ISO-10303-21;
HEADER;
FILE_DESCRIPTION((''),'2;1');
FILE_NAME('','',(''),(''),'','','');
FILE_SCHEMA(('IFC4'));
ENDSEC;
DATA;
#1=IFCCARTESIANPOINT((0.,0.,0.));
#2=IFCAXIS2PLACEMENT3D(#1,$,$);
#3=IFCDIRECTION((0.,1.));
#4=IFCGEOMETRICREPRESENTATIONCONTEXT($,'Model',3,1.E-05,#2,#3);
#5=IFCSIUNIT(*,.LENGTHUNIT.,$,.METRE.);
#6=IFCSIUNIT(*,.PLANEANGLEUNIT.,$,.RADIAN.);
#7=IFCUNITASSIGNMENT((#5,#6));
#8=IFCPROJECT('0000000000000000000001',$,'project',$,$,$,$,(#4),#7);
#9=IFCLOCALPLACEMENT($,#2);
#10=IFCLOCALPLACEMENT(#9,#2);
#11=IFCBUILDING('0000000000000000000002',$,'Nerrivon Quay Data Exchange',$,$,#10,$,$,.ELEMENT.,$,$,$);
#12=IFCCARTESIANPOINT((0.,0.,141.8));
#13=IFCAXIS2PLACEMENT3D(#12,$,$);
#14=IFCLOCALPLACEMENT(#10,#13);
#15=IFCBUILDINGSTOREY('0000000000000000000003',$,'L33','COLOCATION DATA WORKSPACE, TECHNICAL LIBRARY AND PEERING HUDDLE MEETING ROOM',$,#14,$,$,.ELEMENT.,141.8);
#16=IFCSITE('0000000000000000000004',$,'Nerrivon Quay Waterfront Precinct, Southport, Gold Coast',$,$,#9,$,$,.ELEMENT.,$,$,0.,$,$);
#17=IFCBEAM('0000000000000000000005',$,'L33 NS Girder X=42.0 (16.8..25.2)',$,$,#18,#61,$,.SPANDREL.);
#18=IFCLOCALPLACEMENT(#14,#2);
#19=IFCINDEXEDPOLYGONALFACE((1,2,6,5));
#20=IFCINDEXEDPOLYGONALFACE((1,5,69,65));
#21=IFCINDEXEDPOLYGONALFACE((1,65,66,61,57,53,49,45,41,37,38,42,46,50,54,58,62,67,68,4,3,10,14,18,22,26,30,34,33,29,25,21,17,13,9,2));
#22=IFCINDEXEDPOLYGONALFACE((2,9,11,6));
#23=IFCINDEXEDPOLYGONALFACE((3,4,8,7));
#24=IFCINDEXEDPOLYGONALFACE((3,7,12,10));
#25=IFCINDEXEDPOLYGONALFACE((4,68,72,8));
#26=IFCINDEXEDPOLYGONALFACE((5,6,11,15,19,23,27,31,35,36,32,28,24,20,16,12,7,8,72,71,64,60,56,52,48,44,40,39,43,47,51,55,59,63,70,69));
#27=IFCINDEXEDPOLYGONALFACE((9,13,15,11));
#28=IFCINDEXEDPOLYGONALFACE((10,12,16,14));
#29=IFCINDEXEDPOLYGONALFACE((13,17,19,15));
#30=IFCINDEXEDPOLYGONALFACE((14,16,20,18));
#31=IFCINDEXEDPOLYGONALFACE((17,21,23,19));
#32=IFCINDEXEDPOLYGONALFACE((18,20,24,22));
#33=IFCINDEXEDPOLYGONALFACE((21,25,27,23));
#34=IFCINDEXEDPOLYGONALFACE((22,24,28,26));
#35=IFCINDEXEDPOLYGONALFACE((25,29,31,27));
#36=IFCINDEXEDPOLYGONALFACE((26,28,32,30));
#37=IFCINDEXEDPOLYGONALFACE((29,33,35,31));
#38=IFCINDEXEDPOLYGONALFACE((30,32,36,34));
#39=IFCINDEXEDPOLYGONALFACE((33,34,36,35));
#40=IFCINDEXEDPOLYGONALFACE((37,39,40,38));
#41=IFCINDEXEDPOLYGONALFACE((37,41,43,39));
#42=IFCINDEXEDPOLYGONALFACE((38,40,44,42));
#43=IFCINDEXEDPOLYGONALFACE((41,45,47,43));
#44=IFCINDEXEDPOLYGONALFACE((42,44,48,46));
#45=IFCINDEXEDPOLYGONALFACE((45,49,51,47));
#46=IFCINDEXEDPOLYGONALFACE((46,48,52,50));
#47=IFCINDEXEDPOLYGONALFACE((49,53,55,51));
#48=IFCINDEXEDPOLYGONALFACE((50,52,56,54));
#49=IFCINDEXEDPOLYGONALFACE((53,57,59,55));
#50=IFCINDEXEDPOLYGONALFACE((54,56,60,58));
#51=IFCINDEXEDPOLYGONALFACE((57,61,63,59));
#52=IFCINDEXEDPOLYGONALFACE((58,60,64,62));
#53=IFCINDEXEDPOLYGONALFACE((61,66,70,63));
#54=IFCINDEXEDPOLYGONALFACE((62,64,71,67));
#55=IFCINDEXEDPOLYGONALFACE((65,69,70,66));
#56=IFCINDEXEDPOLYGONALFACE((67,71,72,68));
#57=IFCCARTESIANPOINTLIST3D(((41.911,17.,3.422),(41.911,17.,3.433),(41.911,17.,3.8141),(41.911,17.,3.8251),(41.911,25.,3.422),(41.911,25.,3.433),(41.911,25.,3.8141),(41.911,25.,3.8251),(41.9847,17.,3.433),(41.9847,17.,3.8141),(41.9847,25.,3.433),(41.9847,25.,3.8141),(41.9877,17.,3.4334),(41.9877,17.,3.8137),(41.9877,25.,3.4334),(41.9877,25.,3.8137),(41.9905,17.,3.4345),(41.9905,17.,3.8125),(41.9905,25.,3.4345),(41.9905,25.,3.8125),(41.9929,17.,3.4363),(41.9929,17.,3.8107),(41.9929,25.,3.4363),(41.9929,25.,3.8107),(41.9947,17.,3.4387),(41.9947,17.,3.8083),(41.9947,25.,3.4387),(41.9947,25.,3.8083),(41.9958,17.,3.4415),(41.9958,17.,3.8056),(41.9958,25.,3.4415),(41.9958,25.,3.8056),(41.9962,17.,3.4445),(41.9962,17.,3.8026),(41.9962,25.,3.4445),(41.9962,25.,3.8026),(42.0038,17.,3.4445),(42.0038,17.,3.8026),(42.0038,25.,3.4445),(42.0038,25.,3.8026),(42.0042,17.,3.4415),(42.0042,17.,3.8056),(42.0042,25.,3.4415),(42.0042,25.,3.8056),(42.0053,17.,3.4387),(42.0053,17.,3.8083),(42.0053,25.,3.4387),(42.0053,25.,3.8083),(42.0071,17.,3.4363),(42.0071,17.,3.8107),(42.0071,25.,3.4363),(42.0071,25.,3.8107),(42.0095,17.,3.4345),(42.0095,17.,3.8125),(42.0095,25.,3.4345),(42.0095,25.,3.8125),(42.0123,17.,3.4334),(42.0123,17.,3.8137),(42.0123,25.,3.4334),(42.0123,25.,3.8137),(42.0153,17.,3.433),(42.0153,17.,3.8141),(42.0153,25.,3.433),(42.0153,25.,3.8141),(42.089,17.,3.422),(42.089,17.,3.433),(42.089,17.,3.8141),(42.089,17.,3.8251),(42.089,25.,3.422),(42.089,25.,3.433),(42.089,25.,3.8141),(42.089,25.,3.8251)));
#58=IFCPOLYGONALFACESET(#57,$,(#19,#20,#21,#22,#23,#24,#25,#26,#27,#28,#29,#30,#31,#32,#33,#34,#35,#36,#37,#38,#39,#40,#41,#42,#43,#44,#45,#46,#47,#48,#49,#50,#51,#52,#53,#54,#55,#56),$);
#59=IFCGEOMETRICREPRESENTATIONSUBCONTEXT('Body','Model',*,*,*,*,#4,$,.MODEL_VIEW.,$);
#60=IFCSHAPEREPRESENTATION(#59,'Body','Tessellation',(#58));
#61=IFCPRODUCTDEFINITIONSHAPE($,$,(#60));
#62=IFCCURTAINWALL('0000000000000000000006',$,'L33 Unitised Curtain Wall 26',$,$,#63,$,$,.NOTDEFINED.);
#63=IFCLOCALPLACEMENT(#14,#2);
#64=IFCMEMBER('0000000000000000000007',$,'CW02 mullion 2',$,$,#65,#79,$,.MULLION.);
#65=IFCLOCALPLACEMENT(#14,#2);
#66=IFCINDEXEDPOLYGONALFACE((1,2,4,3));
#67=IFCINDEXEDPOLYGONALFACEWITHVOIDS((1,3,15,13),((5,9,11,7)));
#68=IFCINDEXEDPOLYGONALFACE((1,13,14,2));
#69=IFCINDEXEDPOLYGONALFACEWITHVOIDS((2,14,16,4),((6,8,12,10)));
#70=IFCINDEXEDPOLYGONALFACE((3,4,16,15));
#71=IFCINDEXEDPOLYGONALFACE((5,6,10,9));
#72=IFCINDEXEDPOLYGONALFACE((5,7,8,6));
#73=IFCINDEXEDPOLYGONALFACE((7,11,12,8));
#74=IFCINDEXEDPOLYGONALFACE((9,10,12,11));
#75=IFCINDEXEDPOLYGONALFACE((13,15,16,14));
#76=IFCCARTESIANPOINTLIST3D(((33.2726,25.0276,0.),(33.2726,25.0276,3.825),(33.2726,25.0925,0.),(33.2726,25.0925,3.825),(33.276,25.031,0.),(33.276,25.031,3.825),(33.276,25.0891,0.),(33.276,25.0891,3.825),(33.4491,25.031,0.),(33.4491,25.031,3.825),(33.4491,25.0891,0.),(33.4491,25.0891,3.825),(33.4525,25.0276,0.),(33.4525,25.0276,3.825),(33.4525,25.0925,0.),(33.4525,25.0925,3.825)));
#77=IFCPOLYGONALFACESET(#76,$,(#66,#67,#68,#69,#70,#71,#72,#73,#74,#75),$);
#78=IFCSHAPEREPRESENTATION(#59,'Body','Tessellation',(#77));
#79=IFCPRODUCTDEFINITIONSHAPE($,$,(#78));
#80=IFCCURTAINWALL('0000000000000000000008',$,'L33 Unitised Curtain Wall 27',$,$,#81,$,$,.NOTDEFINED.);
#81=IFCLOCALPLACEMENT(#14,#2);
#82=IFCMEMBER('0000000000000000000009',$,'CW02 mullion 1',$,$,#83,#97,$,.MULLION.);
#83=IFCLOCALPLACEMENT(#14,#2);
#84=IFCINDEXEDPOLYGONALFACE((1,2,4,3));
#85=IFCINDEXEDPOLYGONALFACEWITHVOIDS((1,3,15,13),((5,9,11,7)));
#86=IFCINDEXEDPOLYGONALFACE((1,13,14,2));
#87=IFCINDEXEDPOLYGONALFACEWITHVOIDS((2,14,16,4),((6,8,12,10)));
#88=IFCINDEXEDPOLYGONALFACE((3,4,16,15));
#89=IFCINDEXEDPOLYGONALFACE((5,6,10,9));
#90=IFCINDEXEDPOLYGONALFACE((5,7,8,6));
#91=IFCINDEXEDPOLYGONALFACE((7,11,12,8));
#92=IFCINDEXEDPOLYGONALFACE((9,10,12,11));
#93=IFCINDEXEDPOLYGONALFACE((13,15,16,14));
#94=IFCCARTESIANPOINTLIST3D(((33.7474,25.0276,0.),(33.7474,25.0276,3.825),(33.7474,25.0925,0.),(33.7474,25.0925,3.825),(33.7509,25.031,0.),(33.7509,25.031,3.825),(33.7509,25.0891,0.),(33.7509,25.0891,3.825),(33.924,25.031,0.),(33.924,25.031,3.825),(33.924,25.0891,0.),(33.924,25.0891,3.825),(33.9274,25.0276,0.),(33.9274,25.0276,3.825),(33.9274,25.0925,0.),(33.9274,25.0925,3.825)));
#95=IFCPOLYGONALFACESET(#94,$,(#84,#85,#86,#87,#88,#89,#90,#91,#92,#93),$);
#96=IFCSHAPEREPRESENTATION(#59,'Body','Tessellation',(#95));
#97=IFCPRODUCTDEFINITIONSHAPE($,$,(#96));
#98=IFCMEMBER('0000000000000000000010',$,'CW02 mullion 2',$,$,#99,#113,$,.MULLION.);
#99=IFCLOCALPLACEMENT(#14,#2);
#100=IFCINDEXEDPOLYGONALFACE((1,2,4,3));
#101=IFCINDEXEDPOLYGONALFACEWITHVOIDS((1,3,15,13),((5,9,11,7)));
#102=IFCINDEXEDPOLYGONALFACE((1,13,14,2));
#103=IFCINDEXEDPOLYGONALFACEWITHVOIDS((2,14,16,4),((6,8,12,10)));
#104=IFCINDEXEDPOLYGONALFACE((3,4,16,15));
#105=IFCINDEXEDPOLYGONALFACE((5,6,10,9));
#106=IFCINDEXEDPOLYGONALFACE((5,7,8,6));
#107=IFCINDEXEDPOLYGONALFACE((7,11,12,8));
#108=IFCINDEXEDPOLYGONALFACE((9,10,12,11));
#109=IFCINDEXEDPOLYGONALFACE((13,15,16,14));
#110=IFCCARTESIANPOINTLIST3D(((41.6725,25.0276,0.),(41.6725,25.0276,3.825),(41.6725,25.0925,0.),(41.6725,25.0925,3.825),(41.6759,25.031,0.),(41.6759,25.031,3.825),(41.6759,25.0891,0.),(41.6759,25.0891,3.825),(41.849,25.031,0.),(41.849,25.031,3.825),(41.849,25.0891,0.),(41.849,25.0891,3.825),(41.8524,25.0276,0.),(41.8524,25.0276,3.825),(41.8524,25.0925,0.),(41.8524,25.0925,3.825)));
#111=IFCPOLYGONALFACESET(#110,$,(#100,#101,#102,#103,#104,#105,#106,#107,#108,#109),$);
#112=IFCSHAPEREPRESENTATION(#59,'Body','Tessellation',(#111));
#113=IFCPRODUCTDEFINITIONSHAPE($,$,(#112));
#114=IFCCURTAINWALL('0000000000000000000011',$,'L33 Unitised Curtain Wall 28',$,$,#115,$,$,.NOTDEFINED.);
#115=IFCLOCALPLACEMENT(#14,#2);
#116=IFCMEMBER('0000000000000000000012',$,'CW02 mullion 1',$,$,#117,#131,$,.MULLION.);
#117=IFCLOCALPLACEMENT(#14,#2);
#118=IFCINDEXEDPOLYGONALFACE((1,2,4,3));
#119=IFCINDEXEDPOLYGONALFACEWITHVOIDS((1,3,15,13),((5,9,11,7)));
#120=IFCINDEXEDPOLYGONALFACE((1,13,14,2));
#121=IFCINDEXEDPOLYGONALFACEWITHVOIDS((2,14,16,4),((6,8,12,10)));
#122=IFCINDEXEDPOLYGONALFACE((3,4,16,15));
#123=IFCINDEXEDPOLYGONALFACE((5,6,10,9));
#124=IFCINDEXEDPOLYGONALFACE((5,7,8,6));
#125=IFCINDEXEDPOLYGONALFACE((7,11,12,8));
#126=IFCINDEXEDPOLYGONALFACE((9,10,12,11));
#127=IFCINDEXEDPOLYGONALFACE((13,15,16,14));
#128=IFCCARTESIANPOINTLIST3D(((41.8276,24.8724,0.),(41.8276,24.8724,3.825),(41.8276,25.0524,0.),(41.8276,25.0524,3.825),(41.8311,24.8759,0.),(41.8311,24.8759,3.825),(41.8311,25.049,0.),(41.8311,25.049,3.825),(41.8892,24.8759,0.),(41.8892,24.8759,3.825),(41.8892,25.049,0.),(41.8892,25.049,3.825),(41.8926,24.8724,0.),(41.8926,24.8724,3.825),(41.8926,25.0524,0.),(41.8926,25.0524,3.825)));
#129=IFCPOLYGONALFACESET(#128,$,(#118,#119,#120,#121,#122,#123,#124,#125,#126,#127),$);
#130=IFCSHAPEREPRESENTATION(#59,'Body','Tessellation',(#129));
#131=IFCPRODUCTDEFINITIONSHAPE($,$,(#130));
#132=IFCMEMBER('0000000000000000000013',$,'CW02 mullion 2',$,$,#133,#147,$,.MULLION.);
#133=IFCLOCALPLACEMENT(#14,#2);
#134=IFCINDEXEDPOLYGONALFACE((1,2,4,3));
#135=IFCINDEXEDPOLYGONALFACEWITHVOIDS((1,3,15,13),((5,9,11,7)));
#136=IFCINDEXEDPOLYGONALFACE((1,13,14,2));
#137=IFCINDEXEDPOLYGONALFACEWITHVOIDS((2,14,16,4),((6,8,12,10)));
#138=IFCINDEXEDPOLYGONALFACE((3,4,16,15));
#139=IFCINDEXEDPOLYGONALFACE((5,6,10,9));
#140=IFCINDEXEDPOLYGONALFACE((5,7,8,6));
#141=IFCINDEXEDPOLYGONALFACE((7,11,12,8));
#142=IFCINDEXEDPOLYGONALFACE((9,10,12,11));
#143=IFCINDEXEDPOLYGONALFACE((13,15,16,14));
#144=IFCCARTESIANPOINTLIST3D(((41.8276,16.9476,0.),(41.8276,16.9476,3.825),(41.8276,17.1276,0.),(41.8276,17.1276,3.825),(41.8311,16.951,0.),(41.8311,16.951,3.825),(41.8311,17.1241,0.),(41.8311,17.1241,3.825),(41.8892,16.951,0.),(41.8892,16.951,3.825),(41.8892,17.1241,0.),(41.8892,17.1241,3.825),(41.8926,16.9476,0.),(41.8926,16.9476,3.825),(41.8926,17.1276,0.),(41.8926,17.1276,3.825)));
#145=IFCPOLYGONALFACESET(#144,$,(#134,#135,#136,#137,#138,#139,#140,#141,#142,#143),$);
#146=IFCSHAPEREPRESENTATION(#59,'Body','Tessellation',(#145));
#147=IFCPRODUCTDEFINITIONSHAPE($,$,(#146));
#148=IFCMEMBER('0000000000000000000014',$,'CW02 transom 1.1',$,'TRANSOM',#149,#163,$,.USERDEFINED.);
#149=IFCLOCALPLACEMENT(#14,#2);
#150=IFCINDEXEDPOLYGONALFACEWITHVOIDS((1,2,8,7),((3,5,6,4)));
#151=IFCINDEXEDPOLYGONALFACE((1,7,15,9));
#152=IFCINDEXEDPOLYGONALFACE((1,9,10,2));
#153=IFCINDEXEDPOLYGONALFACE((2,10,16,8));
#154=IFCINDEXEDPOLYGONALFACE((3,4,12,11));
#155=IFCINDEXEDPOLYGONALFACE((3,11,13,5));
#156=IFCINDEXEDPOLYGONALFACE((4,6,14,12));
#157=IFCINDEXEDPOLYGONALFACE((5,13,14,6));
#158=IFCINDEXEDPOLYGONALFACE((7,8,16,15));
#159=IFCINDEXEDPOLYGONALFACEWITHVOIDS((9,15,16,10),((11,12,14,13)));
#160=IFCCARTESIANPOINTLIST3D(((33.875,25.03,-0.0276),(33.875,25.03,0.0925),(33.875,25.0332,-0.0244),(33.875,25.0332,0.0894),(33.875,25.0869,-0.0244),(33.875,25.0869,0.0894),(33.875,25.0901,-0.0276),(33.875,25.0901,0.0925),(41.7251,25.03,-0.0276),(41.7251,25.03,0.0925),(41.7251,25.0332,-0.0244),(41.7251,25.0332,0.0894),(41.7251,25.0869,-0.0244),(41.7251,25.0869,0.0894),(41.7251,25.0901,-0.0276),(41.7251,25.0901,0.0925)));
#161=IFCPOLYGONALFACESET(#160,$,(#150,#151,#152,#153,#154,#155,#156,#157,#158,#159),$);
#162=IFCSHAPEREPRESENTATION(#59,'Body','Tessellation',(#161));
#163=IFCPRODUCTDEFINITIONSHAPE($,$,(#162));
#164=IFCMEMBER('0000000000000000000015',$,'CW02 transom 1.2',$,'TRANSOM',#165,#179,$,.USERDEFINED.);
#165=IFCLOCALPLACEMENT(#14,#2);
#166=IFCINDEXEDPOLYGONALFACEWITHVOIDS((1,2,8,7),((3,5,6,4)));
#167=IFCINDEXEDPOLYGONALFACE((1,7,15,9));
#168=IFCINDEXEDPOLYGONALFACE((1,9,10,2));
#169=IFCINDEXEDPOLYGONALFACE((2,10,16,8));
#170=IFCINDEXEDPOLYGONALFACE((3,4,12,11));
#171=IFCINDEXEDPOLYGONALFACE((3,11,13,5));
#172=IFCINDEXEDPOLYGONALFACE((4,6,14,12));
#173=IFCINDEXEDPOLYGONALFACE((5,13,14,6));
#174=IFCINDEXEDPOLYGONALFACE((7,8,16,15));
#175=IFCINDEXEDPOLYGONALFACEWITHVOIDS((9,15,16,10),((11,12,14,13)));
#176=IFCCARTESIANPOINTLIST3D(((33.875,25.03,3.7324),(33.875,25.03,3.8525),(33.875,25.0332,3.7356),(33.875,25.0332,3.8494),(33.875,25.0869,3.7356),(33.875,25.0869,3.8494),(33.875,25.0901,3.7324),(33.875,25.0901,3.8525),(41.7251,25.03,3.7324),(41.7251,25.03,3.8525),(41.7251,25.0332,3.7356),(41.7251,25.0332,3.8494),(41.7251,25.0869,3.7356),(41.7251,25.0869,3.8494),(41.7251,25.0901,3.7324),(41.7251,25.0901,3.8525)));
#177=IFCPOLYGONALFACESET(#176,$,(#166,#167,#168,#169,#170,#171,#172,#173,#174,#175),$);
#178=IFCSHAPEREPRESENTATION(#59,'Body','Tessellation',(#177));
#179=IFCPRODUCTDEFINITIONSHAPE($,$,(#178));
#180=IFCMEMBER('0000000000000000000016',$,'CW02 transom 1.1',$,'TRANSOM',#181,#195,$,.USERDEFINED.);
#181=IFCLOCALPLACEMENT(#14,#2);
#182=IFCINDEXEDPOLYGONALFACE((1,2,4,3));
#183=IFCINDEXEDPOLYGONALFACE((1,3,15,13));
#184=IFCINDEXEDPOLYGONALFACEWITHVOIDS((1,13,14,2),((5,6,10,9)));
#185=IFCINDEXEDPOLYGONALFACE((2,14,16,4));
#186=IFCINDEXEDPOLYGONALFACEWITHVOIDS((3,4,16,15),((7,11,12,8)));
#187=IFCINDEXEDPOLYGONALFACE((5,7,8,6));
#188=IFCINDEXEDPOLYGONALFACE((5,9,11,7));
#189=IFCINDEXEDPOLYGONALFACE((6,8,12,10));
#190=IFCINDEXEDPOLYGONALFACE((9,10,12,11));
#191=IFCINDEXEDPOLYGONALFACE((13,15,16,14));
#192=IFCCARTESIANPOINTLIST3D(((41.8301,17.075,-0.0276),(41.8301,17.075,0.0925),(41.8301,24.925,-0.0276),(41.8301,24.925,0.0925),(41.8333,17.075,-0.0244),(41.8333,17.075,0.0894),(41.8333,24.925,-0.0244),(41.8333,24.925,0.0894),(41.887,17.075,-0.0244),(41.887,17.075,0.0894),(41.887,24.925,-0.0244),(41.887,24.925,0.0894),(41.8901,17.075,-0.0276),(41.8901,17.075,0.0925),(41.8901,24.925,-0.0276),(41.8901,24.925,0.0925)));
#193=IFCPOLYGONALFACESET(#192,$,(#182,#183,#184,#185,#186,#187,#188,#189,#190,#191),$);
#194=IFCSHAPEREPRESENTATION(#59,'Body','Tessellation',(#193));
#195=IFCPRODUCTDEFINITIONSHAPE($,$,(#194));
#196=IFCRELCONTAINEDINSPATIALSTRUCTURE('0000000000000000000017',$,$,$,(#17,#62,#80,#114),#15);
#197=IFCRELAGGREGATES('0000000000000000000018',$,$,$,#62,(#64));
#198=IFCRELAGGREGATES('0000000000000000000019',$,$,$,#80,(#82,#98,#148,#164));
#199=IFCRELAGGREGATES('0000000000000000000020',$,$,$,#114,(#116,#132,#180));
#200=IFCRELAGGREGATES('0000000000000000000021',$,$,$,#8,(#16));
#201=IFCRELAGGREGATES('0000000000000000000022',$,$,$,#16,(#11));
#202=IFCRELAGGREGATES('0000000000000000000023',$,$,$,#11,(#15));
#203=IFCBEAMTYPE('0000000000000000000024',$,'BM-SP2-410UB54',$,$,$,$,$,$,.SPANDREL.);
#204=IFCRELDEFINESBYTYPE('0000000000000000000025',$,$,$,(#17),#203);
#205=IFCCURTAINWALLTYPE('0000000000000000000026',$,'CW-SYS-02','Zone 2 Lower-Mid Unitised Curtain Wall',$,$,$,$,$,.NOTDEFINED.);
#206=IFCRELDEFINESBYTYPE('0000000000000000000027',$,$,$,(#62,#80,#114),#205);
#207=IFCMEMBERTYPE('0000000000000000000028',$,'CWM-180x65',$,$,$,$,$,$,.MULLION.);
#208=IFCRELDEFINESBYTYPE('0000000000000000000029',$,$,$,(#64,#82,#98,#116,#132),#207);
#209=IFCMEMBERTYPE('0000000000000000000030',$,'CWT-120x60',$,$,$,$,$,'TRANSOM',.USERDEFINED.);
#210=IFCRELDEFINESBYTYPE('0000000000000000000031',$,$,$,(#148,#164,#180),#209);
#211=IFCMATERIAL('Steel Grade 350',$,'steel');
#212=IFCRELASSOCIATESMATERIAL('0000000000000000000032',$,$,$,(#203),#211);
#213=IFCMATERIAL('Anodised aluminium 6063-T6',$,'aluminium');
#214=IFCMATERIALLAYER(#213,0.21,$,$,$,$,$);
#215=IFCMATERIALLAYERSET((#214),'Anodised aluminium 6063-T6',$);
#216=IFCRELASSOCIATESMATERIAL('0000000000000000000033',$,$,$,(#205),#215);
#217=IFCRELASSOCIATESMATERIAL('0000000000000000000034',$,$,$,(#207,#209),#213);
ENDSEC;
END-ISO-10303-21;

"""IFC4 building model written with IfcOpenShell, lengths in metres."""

from ifc_helpers import new_model, si_unit, direction, frame, origin, origin_2d, place, context, subcontext, project, spatial, hollow_rectangle, i_section, extrude, material, layer, layer_set, material_profile, profile_set, type_object, element, aggregate, save


model = new_model("IFC4")

# Units and contexts
model_context = context("Model", 3, precision=1e-05, world=origin(), true_north=direction((0.0, 1.0)))
body_context = subcontext(model_context, "Body", "Model", "MODEL_VIEW")
ifc_project = project(units=[si_unit("LENGTHUNIT", "METRE"), si_unit("PLANEANGLEUNIT", "RADIAN")], contexts=[model_context])

# Site, building, storey
site_placement = place(None, origin())
site = spatial("IfcSite", under=ifc_project, at=site_placement, Name="Nerrivon Quay Waterfront Precinct, Southport, Gold Coast", CompositionType="ELEMENT", RefElevation=0.0)
building_placement = place(site_placement, origin())
building = spatial("IfcBuilding", under=site, at=building_placement, Name="Nerrivon Quay Data Exchange", CompositionType="ELEMENT")
storey_placement = place(building_placement, frame((0.0, 0.0, 141.8)))
storey = spatial("IfcBuildingStorey", under=building, at=storey_placement, Name="L33", Description="COLOCATION DATA WORKSPACE, TECHNICAL LIBRARY AND PEERING HUDDLE MEETING ROOM", CompositionType="ELEMENT", Elevation=141.8)

# Shared definitions
ifc_material_1 = material(Name="Steel Grade 350", Category="steel")

# Beam
ifc_material_profile_1 = material_profile(ifc_material_1, i_section(OverallWidth=0.178, OverallDepth=0.4031, WebThickness=0.0076, FlangeThickness=0.011, FilletRadius=0.0115, at=origin_2d()), Name="410UB53.7")
ifc_profile_set_1 = profile_set([ifc_material_profile_1], Name="Steel Grade 350")
beam_type_1 = type_object("IfcBeamType", Name="BM-SP2-410UB54", PredefinedType="SPANDREL", material=ifc_profile_set_1)
beam_1_placement = place(storey_placement, frame((42.0, 17.0, 3.6235), z_axis=(0.0, 1.0, 0.0), x_axis=(-1.0, 0.0, 0.0)))
element("IfcBeam", 1, at=beam_1_placement, inside=storey, type_object=beam_type_1, Name="L33 NS Girder X=42.0 (16.8..25.2)", PredefinedType="SPANDREL", context=body_context, shape_type="SweptSolid", body=[
    extrude(i_section(OverallWidth=0.178, OverallDepth=0.4031, WebThickness=0.0076, FlangeThickness=0.011, FilletRadius=0.0115, at=origin_2d()), origin(), (0.0, 0.0, 1.0), 8.0),
])

# Curtain wall, member
ifc_material_2 = material(Name="Anodised aluminium 6063-T6", Category="aluminium")
ifc_layer_1 = layer(ifc_material_2, 0.21)
ifc_layer_set_1 = layer_set([ifc_layer_1], Name="Anodised aluminium 6063-T6")
curtain_wall_type = type_object("IfcCurtainWallType", Name="CW-SYS-02", Description="Zone 2 Lower-Mid Unitised Curtain Wall", PredefinedType="NOTDEFINED", material=ifc_layer_set_1)
curtain_wall_1_placement = place(storey_placement, origin())
curtain_wall_1 = element("IfcCurtainWall", 2, at=curtain_wall_1_placement, inside=storey, type_object=curtain_wall_type, Name="L33 Unitised Curtain Wall 26", PredefinedType="NOTDEFINED")
ifc_material_profile_2 = material_profile(ifc_material_2, hollow_rectangle(XDim=0.0649, YDim=0.1799, WallThickness=0.0034, at=origin_2d()), Name="ALU-MULL-180x65")
ifc_profile_set_2 = profile_set([ifc_material_profile_2], Name="Anodised aluminium 6063-T6")
member_type_1 = type_object("IfcMemberType", Name="CWM-180x65", PredefinedType="MULLION", material=ifc_profile_set_2)
member_1_placement = place(storey_placement, frame((33.3625, 25.0601, 0.0), z_axis=(0.0, 0.0, 1.0), x_axis=(0.0, 1.0, 0.0)))
member_1 = element("IfcMember", 3, at=member_1_placement, type_object=member_type_1, Name="CW02 mullion 2", PredefinedType="MULLION", context=body_context, shape_type="SweptSolid", body=[
    extrude(hollow_rectangle(XDim=0.0649, YDim=0.1799, WallThickness=0.0034, at=origin_2d()), origin(), (0.0, 0.0, 1.0), 3.825),
])
aggregate(curtain_wall_1, [member_1])

# Curtain walls, members
curtain_wall_2_placement = place(storey_placement, origin())
curtain_wall_2 = element("IfcCurtainWall", 4, at=curtain_wall_2_placement, inside=storey, type_object=curtain_wall_type, Name="L33 Unitised Curtain Wall 27", PredefinedType="NOTDEFINED")
member_2_placement = place(storey_placement, frame((33.8374, 25.0601, 0.0), z_axis=(0.0, 0.0, 1.0), x_axis=(0.0, 1.0, 0.0)))
member_2 = element("IfcMember", 5, at=member_2_placement, type_object=member_type_1, Name="CW02 mullion 1", PredefinedType="MULLION", context=body_context, shape_type="SweptSolid", body=[
    extrude(hollow_rectangle(XDim=0.0649, YDim=0.1799, WallThickness=0.0034, at=origin_2d()), origin(), (0.0, 0.0, 1.0), 3.825),
])
member_3_placement = place(storey_placement, frame((41.7625, 25.0601, 0.0), z_axis=(0.0, 0.0, 1.0), x_axis=(0.0, 1.0, 0.0)))
member_3 = element("IfcMember", 6, at=member_3_placement, type_object=member_type_1, Name="CW02 mullion 2", PredefinedType="MULLION", context=body_context, shape_type="SweptSolid", body=[
    extrude(hollow_rectangle(XDim=0.0649, YDim=0.1799, WallThickness=0.0034, at=origin_2d()), origin(), (0.0, 0.0, 1.0), 3.825),
])
curtain_wall_3_placement = place(storey_placement, origin())
curtain_wall_3 = element("IfcCurtainWall", 7, at=curtain_wall_3_placement, inside=storey, type_object=curtain_wall_type, Name="L33 Unitised Curtain Wall 28", PredefinedType="NOTDEFINED")
member_4_placement = place(storey_placement, frame((41.8601, 24.9624, 0.0), z_axis=(0.0, 0.0, 1.0), x_axis=(1.0, 0.0, 0.0)))
member_4 = element("IfcMember", 8, at=member_4_placement, type_object=member_type_1, Name="CW02 mullion 1", PredefinedType="MULLION", context=body_context, shape_type="SweptSolid", body=[
    extrude(hollow_rectangle(XDim=0.0649, YDim=0.1799, WallThickness=0.0034, at=origin_2d()), origin(), (0.0, 0.0, 1.0), 3.825),
])
member_5_placement = place(storey_placement, frame((41.8601, 17.0376, 0.0), z_axis=(0.0, 0.0, 1.0), x_axis=(1.0, 0.0, 0.0)))
member_5 = element("IfcMember", 9, at=member_5_placement, type_object=member_type_1, Name="CW02 mullion 2", PredefinedType="MULLION", context=body_context, shape_type="SweptSolid", body=[
    extrude(hollow_rectangle(XDim=0.0649, YDim=0.1799, WallThickness=0.0034, at=origin_2d()), origin(), (0.0, 0.0, 1.0), 3.825),
])

# Members
ifc_material_profile_3 = material_profile(ifc_material_2, hollow_rectangle(XDim=0.0601, YDim=0.1201, WallThickness=0.0032, at=origin_2d()), Name="ALU-TRAN-120x60")
ifc_profile_set_3 = profile_set([ifc_material_profile_3], Name="Anodised aluminium 6063-T6")
member_type_2 = type_object("IfcMemberType", Name="CWT-120x60", ElementType="TRANSOM", PredefinedType="USERDEFINED", material=ifc_profile_set_3)
member_6_placement = place(storey_placement, frame((33.875, 25.0601, 0.0325), z_axis=(1.0, 0.0, 0.0), x_axis=(0.0, 1.0, 0.0)))
member_6 = element("IfcMember", 10, at=member_6_placement, type_object=member_type_2, Name="CW02 transom 1.1", ObjectType="TRANSOM", PredefinedType="USERDEFINED", context=body_context, shape_type="SweptSolid", body=[
    extrude(hollow_rectangle(XDim=0.0601, YDim=0.1201, WallThickness=0.0032, at=origin_2d()), origin(), (0.0, 0.0, 1.0), 7.8501),
])
member_7_placement = place(storey_placement, frame((33.875, 25.0601, 3.7925), z_axis=(1.0, 0.0, 0.0), x_axis=(0.0, 1.0, 0.0)))
member_7 = element("IfcMember", 11, at=member_7_placement, type_object=member_type_2, Name="CW02 transom 1.2", ObjectType="TRANSOM", PredefinedType="USERDEFINED", context=body_context, shape_type="SweptSolid", body=[
    extrude(hollow_rectangle(XDim=0.0601, YDim=0.1201, WallThickness=0.0032, at=origin_2d()), origin(), (0.0, 0.0, 1.0), 7.8501),
])
member_8_placement = place(storey_placement, frame((41.8601, 24.925, 0.0325), z_axis=(0.0, -1.0, 0.0), x_axis=(1.0, 0.0, 0.0)))
member_8 = element("IfcMember", 12, at=member_8_placement, type_object=member_type_2, Name="CW02 transom 1.1", ObjectType="TRANSOM", PredefinedType="USERDEFINED", context=body_context, shape_type="SweptSolid", body=[
    extrude(hollow_rectangle(XDim=0.0601, YDim=0.1201, WallThickness=0.0032, at=origin_2d()), origin(), (0.0, 0.0, 1.0), 7.8501),
])

aggregate(curtain_wall_2, [member_2, member_3, member_6, member_7])
aggregate(curtain_wall_3, [member_4, member_5, member_8])

save(model, "model.ifc")
